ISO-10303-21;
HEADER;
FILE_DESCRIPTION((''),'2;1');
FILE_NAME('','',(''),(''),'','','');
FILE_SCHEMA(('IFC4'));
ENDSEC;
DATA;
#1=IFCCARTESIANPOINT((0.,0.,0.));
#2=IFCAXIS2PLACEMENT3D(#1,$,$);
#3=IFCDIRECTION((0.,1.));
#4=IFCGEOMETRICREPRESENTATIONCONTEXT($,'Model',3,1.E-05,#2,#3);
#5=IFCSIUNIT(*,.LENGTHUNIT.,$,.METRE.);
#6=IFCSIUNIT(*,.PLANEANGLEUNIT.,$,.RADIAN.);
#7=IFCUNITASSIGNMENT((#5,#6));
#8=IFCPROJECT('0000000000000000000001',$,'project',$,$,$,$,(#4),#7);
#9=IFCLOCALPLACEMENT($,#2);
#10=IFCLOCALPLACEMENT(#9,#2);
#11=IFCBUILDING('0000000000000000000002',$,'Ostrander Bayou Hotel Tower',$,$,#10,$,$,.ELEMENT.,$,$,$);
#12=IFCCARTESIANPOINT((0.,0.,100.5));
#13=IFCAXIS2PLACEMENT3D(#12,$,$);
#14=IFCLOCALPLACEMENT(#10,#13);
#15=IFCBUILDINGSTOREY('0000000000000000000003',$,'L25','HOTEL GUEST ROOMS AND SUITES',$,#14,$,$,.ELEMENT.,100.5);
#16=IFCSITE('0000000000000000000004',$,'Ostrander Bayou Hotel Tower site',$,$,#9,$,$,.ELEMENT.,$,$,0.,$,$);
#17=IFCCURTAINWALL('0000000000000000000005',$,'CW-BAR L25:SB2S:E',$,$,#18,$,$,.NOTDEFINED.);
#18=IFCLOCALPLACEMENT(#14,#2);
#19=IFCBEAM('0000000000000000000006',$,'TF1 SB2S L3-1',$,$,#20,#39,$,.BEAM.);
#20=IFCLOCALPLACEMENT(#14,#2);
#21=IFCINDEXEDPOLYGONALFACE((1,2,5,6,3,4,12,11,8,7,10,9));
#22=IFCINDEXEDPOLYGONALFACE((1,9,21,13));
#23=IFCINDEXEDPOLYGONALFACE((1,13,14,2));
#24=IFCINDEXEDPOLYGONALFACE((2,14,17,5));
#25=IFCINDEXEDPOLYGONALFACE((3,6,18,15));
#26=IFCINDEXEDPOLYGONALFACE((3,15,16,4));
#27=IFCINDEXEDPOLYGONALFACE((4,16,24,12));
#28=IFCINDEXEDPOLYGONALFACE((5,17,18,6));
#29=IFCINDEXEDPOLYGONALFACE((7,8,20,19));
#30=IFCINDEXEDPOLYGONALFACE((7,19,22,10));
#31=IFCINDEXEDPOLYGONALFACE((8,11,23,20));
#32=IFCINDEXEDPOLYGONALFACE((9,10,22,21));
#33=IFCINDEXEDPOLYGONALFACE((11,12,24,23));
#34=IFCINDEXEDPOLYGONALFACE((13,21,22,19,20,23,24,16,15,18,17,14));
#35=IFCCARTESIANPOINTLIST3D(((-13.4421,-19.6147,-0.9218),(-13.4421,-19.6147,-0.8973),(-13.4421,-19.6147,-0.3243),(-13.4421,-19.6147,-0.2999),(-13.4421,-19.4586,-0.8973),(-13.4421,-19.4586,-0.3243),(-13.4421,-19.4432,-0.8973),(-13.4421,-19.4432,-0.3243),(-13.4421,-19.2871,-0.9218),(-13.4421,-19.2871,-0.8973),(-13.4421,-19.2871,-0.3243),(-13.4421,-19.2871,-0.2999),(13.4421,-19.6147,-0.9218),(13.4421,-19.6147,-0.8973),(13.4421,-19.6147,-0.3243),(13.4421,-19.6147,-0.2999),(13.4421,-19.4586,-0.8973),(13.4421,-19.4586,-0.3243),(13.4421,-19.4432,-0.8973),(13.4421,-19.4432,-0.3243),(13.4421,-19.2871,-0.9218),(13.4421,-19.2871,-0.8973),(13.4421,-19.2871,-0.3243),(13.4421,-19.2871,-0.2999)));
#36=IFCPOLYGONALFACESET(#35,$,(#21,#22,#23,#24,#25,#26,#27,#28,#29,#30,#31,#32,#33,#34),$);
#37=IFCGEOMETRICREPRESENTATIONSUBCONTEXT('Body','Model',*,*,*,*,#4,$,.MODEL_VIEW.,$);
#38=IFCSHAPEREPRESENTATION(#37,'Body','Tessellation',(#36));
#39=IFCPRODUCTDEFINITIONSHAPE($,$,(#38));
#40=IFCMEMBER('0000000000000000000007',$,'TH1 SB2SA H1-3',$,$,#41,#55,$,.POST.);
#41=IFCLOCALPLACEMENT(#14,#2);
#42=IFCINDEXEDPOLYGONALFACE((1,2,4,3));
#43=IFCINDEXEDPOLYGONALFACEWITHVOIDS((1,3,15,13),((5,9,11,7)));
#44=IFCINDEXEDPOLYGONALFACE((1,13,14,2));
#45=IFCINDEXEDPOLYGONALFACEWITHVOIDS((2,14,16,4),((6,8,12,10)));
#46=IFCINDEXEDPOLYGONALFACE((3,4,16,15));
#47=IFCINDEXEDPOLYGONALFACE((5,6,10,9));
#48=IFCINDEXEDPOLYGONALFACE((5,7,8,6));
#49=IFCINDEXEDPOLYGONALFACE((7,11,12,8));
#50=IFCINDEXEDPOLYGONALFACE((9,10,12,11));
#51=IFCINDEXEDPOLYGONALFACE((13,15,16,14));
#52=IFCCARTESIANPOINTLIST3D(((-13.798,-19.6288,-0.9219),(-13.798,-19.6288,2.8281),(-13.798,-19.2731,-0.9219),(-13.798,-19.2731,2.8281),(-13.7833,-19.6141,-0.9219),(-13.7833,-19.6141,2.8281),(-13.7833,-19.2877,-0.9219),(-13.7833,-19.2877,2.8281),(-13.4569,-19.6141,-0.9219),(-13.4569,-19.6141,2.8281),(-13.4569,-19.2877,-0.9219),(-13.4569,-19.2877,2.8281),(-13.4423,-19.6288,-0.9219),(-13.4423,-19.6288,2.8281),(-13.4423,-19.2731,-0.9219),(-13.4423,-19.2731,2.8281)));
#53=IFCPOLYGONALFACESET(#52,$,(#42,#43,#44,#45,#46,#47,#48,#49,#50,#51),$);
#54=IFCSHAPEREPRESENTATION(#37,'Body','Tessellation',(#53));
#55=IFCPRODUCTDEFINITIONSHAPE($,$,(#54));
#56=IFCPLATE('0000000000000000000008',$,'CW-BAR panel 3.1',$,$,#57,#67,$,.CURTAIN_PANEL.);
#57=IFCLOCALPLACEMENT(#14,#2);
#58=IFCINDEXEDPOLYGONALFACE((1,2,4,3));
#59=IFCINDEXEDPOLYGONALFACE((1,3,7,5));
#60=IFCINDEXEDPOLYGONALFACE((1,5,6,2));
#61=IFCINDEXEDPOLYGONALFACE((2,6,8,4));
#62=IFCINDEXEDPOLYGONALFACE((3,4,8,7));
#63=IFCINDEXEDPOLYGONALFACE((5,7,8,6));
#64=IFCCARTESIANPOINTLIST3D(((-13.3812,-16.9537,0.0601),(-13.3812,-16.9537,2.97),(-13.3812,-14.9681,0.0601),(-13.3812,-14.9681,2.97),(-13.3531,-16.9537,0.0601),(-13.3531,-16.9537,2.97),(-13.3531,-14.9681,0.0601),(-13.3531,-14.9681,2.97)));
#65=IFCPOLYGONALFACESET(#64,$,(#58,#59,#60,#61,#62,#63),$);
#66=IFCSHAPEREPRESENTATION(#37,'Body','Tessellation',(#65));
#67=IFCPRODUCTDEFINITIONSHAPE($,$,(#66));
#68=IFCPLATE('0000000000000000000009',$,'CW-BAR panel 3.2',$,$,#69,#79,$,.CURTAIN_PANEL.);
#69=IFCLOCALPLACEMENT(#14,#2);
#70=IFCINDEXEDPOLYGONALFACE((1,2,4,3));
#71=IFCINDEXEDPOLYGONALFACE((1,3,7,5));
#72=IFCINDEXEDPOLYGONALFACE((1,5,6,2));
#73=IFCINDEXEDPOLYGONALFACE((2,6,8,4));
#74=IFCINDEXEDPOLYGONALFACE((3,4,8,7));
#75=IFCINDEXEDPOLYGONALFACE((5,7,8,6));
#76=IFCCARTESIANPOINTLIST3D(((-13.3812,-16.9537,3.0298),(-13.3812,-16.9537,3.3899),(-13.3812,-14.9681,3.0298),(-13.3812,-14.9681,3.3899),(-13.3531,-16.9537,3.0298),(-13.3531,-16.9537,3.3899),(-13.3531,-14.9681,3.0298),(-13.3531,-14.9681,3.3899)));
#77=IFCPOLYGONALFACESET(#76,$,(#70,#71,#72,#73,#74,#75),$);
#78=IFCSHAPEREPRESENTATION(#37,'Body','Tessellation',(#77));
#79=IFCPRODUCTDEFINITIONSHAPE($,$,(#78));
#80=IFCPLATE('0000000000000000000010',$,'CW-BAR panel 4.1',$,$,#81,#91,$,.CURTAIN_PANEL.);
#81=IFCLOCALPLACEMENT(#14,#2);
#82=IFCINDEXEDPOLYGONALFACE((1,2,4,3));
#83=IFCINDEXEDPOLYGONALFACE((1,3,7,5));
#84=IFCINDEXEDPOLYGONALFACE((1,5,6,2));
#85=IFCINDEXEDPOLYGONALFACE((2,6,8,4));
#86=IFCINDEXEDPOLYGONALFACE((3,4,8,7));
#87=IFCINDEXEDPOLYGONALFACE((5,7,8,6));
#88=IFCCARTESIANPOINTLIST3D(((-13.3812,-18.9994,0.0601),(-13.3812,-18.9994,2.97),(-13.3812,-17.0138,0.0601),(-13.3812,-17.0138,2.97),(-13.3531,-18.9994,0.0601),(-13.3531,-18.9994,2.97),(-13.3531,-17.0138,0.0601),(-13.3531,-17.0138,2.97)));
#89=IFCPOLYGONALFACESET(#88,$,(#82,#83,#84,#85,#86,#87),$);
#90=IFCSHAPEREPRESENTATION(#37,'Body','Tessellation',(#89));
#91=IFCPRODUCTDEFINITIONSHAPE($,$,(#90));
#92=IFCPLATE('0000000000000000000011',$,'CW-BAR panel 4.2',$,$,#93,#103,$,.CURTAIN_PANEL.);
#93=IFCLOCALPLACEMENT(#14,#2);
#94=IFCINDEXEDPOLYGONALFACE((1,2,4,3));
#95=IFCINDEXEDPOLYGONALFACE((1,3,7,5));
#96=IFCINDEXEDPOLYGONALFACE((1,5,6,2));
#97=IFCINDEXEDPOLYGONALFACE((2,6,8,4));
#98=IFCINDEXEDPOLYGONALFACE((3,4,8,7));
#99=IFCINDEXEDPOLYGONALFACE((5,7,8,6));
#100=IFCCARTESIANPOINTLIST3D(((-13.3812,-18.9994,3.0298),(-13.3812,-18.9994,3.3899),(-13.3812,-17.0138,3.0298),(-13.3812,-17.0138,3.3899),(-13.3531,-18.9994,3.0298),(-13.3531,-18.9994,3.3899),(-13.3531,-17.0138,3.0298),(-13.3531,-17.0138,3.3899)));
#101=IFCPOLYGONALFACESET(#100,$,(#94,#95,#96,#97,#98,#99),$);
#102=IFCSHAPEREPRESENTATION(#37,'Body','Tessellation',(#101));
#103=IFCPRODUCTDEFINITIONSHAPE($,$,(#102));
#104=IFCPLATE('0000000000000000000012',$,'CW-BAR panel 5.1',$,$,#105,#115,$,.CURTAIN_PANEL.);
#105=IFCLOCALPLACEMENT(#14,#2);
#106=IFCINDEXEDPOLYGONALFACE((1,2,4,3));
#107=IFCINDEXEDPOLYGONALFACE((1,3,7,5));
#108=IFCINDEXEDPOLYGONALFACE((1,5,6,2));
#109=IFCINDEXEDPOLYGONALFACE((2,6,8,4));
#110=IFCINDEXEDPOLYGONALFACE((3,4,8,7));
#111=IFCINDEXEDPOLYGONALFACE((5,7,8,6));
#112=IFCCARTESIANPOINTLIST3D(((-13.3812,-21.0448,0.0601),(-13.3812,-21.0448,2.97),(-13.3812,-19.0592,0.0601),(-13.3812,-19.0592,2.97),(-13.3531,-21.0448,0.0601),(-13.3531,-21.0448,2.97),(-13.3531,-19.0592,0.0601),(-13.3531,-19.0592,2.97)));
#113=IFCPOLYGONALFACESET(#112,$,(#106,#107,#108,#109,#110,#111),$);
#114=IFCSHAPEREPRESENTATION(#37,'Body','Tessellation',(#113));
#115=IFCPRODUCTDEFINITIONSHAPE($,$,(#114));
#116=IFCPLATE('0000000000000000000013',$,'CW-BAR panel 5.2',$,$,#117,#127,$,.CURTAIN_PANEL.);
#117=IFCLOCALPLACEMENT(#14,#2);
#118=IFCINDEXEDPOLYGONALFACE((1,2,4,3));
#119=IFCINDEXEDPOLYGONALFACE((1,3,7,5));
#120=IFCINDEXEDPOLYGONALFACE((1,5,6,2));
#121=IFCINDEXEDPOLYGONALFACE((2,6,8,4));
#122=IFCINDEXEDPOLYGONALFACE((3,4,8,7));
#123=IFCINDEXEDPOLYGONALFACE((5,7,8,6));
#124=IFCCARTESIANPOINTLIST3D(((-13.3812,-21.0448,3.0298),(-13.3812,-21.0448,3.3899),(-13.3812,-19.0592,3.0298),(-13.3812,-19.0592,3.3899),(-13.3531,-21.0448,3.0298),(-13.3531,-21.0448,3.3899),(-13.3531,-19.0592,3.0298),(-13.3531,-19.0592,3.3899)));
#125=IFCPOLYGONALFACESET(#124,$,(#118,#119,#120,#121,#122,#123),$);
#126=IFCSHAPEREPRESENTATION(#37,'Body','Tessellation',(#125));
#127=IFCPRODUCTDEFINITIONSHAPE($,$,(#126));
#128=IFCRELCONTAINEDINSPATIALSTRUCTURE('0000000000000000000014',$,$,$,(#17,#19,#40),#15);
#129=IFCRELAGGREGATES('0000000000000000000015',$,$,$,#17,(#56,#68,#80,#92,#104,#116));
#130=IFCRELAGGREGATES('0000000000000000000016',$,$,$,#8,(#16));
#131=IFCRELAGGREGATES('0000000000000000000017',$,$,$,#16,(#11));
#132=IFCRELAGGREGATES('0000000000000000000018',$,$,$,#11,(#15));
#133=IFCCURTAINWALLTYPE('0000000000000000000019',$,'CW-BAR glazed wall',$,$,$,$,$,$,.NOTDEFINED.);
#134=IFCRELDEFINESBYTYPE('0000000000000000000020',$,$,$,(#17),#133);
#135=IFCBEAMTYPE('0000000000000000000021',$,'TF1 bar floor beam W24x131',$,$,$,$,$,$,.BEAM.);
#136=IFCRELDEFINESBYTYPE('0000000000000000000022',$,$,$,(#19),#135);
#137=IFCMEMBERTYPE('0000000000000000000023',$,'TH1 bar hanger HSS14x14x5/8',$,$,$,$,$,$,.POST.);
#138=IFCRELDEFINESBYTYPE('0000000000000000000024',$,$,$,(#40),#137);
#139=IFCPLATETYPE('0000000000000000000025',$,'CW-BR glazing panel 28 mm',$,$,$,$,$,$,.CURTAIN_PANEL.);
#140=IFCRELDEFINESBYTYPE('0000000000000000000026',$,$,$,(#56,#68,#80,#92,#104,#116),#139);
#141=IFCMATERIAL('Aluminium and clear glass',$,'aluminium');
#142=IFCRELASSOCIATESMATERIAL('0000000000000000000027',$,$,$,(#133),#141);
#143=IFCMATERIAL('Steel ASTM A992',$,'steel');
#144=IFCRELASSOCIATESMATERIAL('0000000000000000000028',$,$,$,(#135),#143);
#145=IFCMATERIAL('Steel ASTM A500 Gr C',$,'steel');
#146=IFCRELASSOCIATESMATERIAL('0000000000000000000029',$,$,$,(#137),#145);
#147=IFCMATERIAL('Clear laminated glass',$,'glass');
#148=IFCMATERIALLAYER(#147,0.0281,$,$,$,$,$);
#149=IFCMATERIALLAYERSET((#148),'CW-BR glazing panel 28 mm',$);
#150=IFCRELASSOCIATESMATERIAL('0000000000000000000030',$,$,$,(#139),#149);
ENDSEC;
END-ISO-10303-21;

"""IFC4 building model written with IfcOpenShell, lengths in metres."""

from ifc_helpers import new_model, si_unit, direction, frame, origin, origin_2d, place, context, subcontext, project, spatial, rectangle, hollow_rectangle, i_section, extrude, material, layer, layer_set, material_profile, profile_set, type_object, element, aggregate, save


model = new_model("IFC4")

# Units and contexts
model_context = context("Model", 3, precision=1e-05, world=origin(), true_north=direction((0.0, 1.0)))
body_context = subcontext(model_context, "Body", "Model", "MODEL_VIEW")
ifc_project = project(units=[si_unit("LENGTHUNIT", "METRE"), si_unit("PLANEANGLEUNIT", "RADIAN")], contexts=[model_context])

# Site, building, storey
site_placement = place(None, origin())
site = spatial("IfcSite", under=ifc_project, at=site_placement, Name="Ostrander Bayou Hotel Tower site", CompositionType="ELEMENT", RefElevation=0.0)
building_placement = place(site_placement, origin())
building = spatial("IfcBuilding", under=site, at=building_placement, Name="Ostrander Bayou Hotel Tower", CompositionType="ELEMENT")
storey_placement = place(building_placement, frame((0.0, 0.0, 100.5)))
storey = spatial("IfcBuildingStorey", under=building, at=storey_placement, Name="L25", Description="HOTEL GUEST ROOMS AND SUITES", CompositionType="ELEMENT", Elevation=100.5)

# Curtain wall
ifc_material_1 = material(Name="Aluminium and clear glass", Category="aluminium")
curtain_wall_type = type_object("IfcCurtainWallType", Name="CW-BAR glazed wall", PredefinedType="NOTDEFINED", material=ifc_material_1)
curtain_wall_placement = place(storey_placement, origin())
curtain_wall = element("IfcCurtainWall", 1, at=curtain_wall_placement, inside=storey, type_object=curtain_wall_type, Name="CW-BAR L25:SB2S:E", PredefinedType="NOTDEFINED")

# Beam
ifc_material_2 = material(Name="Steel ASTM A992", Category="steel")
ifc_material_profile_1 = material_profile(ifc_material_2, i_section(OverallWidth=0.3276, OverallDepth=0.6218, WebThickness=0.0154, FlangeThickness=0.0244, at=origin_2d()))
ifc_profile_set_1 = profile_set([ifc_material_profile_1], Name="Steel ASTM A992")
beam_type = type_object("IfcBeamType", Name="TF1 bar floor beam W24x131", PredefinedType="BEAM", material=ifc_profile_set_1)
beam_placement = place(storey_placement, frame((-13.4421, -19.4509, -0.6108), z_axis=(1.0, 0.0, 0.0), x_axis=(0.0, 1.0, 0.0)))
element("IfcBeam", 2, at=beam_placement, inside=storey, type_object=beam_type, Name="TF1 SB2S L3-1", PredefinedType="BEAM", context=body_context, shape_type="SweptSolid", body=[
    extrude(i_section(OverallWidth=0.3276, OverallDepth=0.6218, WebThickness=0.0154, FlangeThickness=0.0244, at=origin_2d()), origin(), (0.0, 0.0, 1.0), 26.8843),
])

# Member
ifc_material_3 = material(Name="Steel ASTM A500 Gr C", Category="steel")
ifc_material_profile_2 = material_profile(ifc_material_3, hollow_rectangle(XDim=0.3557, YDim=0.3557, WallThickness=0.0146, at=origin_2d()))
ifc_profile_set_2 = profile_set([ifc_material_profile_2], Name="Steel ASTM A500 Gr C")
member_type_1 = type_object("IfcMemberType", Name="TH1 bar hanger HSS14x14x5/8", PredefinedType="POST", material=ifc_profile_set_2)
member_1_placement = place(storey_placement, frame((-13.6201, -19.4509, -0.9219), z_axis=(0.0, 0.0, 1.0), x_axis=(1.0, 0.0, 0.0)))
element("IfcMember", 3, at=member_1_placement, inside=storey, type_object=member_type_1, Name="TH1 SB2SA H1-3", PredefinedType="POST", context=body_context, shape_type="SweptSolid", body=[
    extrude(hollow_rectangle(XDim=0.3557, YDim=0.3557, WallThickness=0.0146, at=origin_2d()), origin(), (0.0, 0.0, 1.0), 3.75),
])

# Plates
ifc_material_4 = material(Name="Clear laminated glass", Category="glass")
ifc_layer = layer(ifc_material_4, 0.0281)
ifc_layer_set = layer_set([ifc_layer], Name="CW-BR glazing panel 28 mm")
plate_type = type_object("IfcPlateType", Name="CW-BR glazing panel 28 mm", PredefinedType="CURTAIN_PANEL", material=ifc_layer_set)
plate_1_placement = place(storey_placement, frame((-13.3672, -15.9609, 0.0601), z_axis=(0.0, 0.0, 1.0), x_axis=(0.0, -1.0, 0.0)))
plate_1 = element("IfcPlate", 4, at=plate_1_placement, type_object=plate_type, Name="CW-BAR panel 3.1", PredefinedType="CURTAIN_PANEL", context=body_context, shape_type="SweptSolid", body=[
    extrude(rectangle(XDim=1.9856, YDim=0.0281, at=origin_2d()), origin(), (0.0, 0.0, 1.0), 2.9099),
])
plate_2_placement = place(storey_placement, frame((-13.3672, -15.9609, 3.0298), z_axis=(0.0, 0.0, 1.0), x_axis=(0.0, -1.0, 0.0)))
plate_2 = element("IfcPlate", 5, at=plate_2_placement, type_object=plate_type, Name="CW-BAR panel 3.2", PredefinedType="CURTAIN_PANEL", context=body_context, shape_type="SweptSolid", body=[
    extrude(rectangle(XDim=1.9856, YDim=0.0281, at=origin_2d()), origin(), (0.0, 0.0, 1.0), 0.3601),
])
plate_3_placement = place(storey_placement, frame((-13.3672, -18.0066, 0.0601), z_axis=(0.0, 0.0, 1.0), x_axis=(0.0, -1.0, 0.0)))
plate_3 = element("IfcPlate", 6, at=plate_3_placement, type_object=plate_type, Name="CW-BAR panel 4.1", PredefinedType="CURTAIN_PANEL", context=body_context, shape_type="SweptSolid", body=[
    extrude(rectangle(XDim=1.9856, YDim=0.0281, at=origin_2d()), origin(), (0.0, 0.0, 1.0), 2.9099),
])
plate_4_placement = place(storey_placement, frame((-13.3672, -18.0066, 3.0298), z_axis=(0.0, 0.0, 1.0), x_axis=(0.0, -1.0, 0.0)))
plate_4 = element("IfcPlate", 7, at=plate_4_placement, type_object=plate_type, Name="CW-BAR panel 4.2", PredefinedType="CURTAIN_PANEL", context=body_context, shape_type="SweptSolid", body=[
    extrude(rectangle(XDim=1.9856, YDim=0.0281, at=origin_2d()), origin(), (0.0, 0.0, 1.0), 0.3601),
])
plate_5_placement = place(storey_placement, frame((-13.3672, -20.052, 0.0601), z_axis=(0.0, 0.0, 1.0), x_axis=(0.0, -1.0, 0.0)))
plate_5 = element("IfcPlate", 8, at=plate_5_placement, type_object=plate_type, Name="CW-BAR panel 5.1", PredefinedType="CURTAIN_PANEL", context=body_context, shape_type="SweptSolid", body=[
    extrude(rectangle(XDim=1.9856, YDim=0.0281, at=origin_2d()), origin(), (0.0, 0.0, 1.0), 2.9099),
])
plate_6_placement = place(storey_placement, frame((-13.3672, -20.052, 3.0298), z_axis=(0.0, 0.0, 1.0), x_axis=(0.0, -1.0, 0.0)))
plate_6 = element("IfcPlate", 9, at=plate_6_placement, type_object=plate_type, Name="CW-BAR panel 5.2", PredefinedType="CURTAIN_PANEL", context=body_context, shape_type="SweptSolid", body=[
    extrude(rectangle(XDim=1.9856, YDim=0.0281, at=origin_2d()), origin(), (0.0, 0.0, 1.0), 0.3601),
])
aggregate(curtain_wall, [plate_1, plate_2, plate_3, plate_4, plate_5, plate_6])

save(model, "model.ifc")
